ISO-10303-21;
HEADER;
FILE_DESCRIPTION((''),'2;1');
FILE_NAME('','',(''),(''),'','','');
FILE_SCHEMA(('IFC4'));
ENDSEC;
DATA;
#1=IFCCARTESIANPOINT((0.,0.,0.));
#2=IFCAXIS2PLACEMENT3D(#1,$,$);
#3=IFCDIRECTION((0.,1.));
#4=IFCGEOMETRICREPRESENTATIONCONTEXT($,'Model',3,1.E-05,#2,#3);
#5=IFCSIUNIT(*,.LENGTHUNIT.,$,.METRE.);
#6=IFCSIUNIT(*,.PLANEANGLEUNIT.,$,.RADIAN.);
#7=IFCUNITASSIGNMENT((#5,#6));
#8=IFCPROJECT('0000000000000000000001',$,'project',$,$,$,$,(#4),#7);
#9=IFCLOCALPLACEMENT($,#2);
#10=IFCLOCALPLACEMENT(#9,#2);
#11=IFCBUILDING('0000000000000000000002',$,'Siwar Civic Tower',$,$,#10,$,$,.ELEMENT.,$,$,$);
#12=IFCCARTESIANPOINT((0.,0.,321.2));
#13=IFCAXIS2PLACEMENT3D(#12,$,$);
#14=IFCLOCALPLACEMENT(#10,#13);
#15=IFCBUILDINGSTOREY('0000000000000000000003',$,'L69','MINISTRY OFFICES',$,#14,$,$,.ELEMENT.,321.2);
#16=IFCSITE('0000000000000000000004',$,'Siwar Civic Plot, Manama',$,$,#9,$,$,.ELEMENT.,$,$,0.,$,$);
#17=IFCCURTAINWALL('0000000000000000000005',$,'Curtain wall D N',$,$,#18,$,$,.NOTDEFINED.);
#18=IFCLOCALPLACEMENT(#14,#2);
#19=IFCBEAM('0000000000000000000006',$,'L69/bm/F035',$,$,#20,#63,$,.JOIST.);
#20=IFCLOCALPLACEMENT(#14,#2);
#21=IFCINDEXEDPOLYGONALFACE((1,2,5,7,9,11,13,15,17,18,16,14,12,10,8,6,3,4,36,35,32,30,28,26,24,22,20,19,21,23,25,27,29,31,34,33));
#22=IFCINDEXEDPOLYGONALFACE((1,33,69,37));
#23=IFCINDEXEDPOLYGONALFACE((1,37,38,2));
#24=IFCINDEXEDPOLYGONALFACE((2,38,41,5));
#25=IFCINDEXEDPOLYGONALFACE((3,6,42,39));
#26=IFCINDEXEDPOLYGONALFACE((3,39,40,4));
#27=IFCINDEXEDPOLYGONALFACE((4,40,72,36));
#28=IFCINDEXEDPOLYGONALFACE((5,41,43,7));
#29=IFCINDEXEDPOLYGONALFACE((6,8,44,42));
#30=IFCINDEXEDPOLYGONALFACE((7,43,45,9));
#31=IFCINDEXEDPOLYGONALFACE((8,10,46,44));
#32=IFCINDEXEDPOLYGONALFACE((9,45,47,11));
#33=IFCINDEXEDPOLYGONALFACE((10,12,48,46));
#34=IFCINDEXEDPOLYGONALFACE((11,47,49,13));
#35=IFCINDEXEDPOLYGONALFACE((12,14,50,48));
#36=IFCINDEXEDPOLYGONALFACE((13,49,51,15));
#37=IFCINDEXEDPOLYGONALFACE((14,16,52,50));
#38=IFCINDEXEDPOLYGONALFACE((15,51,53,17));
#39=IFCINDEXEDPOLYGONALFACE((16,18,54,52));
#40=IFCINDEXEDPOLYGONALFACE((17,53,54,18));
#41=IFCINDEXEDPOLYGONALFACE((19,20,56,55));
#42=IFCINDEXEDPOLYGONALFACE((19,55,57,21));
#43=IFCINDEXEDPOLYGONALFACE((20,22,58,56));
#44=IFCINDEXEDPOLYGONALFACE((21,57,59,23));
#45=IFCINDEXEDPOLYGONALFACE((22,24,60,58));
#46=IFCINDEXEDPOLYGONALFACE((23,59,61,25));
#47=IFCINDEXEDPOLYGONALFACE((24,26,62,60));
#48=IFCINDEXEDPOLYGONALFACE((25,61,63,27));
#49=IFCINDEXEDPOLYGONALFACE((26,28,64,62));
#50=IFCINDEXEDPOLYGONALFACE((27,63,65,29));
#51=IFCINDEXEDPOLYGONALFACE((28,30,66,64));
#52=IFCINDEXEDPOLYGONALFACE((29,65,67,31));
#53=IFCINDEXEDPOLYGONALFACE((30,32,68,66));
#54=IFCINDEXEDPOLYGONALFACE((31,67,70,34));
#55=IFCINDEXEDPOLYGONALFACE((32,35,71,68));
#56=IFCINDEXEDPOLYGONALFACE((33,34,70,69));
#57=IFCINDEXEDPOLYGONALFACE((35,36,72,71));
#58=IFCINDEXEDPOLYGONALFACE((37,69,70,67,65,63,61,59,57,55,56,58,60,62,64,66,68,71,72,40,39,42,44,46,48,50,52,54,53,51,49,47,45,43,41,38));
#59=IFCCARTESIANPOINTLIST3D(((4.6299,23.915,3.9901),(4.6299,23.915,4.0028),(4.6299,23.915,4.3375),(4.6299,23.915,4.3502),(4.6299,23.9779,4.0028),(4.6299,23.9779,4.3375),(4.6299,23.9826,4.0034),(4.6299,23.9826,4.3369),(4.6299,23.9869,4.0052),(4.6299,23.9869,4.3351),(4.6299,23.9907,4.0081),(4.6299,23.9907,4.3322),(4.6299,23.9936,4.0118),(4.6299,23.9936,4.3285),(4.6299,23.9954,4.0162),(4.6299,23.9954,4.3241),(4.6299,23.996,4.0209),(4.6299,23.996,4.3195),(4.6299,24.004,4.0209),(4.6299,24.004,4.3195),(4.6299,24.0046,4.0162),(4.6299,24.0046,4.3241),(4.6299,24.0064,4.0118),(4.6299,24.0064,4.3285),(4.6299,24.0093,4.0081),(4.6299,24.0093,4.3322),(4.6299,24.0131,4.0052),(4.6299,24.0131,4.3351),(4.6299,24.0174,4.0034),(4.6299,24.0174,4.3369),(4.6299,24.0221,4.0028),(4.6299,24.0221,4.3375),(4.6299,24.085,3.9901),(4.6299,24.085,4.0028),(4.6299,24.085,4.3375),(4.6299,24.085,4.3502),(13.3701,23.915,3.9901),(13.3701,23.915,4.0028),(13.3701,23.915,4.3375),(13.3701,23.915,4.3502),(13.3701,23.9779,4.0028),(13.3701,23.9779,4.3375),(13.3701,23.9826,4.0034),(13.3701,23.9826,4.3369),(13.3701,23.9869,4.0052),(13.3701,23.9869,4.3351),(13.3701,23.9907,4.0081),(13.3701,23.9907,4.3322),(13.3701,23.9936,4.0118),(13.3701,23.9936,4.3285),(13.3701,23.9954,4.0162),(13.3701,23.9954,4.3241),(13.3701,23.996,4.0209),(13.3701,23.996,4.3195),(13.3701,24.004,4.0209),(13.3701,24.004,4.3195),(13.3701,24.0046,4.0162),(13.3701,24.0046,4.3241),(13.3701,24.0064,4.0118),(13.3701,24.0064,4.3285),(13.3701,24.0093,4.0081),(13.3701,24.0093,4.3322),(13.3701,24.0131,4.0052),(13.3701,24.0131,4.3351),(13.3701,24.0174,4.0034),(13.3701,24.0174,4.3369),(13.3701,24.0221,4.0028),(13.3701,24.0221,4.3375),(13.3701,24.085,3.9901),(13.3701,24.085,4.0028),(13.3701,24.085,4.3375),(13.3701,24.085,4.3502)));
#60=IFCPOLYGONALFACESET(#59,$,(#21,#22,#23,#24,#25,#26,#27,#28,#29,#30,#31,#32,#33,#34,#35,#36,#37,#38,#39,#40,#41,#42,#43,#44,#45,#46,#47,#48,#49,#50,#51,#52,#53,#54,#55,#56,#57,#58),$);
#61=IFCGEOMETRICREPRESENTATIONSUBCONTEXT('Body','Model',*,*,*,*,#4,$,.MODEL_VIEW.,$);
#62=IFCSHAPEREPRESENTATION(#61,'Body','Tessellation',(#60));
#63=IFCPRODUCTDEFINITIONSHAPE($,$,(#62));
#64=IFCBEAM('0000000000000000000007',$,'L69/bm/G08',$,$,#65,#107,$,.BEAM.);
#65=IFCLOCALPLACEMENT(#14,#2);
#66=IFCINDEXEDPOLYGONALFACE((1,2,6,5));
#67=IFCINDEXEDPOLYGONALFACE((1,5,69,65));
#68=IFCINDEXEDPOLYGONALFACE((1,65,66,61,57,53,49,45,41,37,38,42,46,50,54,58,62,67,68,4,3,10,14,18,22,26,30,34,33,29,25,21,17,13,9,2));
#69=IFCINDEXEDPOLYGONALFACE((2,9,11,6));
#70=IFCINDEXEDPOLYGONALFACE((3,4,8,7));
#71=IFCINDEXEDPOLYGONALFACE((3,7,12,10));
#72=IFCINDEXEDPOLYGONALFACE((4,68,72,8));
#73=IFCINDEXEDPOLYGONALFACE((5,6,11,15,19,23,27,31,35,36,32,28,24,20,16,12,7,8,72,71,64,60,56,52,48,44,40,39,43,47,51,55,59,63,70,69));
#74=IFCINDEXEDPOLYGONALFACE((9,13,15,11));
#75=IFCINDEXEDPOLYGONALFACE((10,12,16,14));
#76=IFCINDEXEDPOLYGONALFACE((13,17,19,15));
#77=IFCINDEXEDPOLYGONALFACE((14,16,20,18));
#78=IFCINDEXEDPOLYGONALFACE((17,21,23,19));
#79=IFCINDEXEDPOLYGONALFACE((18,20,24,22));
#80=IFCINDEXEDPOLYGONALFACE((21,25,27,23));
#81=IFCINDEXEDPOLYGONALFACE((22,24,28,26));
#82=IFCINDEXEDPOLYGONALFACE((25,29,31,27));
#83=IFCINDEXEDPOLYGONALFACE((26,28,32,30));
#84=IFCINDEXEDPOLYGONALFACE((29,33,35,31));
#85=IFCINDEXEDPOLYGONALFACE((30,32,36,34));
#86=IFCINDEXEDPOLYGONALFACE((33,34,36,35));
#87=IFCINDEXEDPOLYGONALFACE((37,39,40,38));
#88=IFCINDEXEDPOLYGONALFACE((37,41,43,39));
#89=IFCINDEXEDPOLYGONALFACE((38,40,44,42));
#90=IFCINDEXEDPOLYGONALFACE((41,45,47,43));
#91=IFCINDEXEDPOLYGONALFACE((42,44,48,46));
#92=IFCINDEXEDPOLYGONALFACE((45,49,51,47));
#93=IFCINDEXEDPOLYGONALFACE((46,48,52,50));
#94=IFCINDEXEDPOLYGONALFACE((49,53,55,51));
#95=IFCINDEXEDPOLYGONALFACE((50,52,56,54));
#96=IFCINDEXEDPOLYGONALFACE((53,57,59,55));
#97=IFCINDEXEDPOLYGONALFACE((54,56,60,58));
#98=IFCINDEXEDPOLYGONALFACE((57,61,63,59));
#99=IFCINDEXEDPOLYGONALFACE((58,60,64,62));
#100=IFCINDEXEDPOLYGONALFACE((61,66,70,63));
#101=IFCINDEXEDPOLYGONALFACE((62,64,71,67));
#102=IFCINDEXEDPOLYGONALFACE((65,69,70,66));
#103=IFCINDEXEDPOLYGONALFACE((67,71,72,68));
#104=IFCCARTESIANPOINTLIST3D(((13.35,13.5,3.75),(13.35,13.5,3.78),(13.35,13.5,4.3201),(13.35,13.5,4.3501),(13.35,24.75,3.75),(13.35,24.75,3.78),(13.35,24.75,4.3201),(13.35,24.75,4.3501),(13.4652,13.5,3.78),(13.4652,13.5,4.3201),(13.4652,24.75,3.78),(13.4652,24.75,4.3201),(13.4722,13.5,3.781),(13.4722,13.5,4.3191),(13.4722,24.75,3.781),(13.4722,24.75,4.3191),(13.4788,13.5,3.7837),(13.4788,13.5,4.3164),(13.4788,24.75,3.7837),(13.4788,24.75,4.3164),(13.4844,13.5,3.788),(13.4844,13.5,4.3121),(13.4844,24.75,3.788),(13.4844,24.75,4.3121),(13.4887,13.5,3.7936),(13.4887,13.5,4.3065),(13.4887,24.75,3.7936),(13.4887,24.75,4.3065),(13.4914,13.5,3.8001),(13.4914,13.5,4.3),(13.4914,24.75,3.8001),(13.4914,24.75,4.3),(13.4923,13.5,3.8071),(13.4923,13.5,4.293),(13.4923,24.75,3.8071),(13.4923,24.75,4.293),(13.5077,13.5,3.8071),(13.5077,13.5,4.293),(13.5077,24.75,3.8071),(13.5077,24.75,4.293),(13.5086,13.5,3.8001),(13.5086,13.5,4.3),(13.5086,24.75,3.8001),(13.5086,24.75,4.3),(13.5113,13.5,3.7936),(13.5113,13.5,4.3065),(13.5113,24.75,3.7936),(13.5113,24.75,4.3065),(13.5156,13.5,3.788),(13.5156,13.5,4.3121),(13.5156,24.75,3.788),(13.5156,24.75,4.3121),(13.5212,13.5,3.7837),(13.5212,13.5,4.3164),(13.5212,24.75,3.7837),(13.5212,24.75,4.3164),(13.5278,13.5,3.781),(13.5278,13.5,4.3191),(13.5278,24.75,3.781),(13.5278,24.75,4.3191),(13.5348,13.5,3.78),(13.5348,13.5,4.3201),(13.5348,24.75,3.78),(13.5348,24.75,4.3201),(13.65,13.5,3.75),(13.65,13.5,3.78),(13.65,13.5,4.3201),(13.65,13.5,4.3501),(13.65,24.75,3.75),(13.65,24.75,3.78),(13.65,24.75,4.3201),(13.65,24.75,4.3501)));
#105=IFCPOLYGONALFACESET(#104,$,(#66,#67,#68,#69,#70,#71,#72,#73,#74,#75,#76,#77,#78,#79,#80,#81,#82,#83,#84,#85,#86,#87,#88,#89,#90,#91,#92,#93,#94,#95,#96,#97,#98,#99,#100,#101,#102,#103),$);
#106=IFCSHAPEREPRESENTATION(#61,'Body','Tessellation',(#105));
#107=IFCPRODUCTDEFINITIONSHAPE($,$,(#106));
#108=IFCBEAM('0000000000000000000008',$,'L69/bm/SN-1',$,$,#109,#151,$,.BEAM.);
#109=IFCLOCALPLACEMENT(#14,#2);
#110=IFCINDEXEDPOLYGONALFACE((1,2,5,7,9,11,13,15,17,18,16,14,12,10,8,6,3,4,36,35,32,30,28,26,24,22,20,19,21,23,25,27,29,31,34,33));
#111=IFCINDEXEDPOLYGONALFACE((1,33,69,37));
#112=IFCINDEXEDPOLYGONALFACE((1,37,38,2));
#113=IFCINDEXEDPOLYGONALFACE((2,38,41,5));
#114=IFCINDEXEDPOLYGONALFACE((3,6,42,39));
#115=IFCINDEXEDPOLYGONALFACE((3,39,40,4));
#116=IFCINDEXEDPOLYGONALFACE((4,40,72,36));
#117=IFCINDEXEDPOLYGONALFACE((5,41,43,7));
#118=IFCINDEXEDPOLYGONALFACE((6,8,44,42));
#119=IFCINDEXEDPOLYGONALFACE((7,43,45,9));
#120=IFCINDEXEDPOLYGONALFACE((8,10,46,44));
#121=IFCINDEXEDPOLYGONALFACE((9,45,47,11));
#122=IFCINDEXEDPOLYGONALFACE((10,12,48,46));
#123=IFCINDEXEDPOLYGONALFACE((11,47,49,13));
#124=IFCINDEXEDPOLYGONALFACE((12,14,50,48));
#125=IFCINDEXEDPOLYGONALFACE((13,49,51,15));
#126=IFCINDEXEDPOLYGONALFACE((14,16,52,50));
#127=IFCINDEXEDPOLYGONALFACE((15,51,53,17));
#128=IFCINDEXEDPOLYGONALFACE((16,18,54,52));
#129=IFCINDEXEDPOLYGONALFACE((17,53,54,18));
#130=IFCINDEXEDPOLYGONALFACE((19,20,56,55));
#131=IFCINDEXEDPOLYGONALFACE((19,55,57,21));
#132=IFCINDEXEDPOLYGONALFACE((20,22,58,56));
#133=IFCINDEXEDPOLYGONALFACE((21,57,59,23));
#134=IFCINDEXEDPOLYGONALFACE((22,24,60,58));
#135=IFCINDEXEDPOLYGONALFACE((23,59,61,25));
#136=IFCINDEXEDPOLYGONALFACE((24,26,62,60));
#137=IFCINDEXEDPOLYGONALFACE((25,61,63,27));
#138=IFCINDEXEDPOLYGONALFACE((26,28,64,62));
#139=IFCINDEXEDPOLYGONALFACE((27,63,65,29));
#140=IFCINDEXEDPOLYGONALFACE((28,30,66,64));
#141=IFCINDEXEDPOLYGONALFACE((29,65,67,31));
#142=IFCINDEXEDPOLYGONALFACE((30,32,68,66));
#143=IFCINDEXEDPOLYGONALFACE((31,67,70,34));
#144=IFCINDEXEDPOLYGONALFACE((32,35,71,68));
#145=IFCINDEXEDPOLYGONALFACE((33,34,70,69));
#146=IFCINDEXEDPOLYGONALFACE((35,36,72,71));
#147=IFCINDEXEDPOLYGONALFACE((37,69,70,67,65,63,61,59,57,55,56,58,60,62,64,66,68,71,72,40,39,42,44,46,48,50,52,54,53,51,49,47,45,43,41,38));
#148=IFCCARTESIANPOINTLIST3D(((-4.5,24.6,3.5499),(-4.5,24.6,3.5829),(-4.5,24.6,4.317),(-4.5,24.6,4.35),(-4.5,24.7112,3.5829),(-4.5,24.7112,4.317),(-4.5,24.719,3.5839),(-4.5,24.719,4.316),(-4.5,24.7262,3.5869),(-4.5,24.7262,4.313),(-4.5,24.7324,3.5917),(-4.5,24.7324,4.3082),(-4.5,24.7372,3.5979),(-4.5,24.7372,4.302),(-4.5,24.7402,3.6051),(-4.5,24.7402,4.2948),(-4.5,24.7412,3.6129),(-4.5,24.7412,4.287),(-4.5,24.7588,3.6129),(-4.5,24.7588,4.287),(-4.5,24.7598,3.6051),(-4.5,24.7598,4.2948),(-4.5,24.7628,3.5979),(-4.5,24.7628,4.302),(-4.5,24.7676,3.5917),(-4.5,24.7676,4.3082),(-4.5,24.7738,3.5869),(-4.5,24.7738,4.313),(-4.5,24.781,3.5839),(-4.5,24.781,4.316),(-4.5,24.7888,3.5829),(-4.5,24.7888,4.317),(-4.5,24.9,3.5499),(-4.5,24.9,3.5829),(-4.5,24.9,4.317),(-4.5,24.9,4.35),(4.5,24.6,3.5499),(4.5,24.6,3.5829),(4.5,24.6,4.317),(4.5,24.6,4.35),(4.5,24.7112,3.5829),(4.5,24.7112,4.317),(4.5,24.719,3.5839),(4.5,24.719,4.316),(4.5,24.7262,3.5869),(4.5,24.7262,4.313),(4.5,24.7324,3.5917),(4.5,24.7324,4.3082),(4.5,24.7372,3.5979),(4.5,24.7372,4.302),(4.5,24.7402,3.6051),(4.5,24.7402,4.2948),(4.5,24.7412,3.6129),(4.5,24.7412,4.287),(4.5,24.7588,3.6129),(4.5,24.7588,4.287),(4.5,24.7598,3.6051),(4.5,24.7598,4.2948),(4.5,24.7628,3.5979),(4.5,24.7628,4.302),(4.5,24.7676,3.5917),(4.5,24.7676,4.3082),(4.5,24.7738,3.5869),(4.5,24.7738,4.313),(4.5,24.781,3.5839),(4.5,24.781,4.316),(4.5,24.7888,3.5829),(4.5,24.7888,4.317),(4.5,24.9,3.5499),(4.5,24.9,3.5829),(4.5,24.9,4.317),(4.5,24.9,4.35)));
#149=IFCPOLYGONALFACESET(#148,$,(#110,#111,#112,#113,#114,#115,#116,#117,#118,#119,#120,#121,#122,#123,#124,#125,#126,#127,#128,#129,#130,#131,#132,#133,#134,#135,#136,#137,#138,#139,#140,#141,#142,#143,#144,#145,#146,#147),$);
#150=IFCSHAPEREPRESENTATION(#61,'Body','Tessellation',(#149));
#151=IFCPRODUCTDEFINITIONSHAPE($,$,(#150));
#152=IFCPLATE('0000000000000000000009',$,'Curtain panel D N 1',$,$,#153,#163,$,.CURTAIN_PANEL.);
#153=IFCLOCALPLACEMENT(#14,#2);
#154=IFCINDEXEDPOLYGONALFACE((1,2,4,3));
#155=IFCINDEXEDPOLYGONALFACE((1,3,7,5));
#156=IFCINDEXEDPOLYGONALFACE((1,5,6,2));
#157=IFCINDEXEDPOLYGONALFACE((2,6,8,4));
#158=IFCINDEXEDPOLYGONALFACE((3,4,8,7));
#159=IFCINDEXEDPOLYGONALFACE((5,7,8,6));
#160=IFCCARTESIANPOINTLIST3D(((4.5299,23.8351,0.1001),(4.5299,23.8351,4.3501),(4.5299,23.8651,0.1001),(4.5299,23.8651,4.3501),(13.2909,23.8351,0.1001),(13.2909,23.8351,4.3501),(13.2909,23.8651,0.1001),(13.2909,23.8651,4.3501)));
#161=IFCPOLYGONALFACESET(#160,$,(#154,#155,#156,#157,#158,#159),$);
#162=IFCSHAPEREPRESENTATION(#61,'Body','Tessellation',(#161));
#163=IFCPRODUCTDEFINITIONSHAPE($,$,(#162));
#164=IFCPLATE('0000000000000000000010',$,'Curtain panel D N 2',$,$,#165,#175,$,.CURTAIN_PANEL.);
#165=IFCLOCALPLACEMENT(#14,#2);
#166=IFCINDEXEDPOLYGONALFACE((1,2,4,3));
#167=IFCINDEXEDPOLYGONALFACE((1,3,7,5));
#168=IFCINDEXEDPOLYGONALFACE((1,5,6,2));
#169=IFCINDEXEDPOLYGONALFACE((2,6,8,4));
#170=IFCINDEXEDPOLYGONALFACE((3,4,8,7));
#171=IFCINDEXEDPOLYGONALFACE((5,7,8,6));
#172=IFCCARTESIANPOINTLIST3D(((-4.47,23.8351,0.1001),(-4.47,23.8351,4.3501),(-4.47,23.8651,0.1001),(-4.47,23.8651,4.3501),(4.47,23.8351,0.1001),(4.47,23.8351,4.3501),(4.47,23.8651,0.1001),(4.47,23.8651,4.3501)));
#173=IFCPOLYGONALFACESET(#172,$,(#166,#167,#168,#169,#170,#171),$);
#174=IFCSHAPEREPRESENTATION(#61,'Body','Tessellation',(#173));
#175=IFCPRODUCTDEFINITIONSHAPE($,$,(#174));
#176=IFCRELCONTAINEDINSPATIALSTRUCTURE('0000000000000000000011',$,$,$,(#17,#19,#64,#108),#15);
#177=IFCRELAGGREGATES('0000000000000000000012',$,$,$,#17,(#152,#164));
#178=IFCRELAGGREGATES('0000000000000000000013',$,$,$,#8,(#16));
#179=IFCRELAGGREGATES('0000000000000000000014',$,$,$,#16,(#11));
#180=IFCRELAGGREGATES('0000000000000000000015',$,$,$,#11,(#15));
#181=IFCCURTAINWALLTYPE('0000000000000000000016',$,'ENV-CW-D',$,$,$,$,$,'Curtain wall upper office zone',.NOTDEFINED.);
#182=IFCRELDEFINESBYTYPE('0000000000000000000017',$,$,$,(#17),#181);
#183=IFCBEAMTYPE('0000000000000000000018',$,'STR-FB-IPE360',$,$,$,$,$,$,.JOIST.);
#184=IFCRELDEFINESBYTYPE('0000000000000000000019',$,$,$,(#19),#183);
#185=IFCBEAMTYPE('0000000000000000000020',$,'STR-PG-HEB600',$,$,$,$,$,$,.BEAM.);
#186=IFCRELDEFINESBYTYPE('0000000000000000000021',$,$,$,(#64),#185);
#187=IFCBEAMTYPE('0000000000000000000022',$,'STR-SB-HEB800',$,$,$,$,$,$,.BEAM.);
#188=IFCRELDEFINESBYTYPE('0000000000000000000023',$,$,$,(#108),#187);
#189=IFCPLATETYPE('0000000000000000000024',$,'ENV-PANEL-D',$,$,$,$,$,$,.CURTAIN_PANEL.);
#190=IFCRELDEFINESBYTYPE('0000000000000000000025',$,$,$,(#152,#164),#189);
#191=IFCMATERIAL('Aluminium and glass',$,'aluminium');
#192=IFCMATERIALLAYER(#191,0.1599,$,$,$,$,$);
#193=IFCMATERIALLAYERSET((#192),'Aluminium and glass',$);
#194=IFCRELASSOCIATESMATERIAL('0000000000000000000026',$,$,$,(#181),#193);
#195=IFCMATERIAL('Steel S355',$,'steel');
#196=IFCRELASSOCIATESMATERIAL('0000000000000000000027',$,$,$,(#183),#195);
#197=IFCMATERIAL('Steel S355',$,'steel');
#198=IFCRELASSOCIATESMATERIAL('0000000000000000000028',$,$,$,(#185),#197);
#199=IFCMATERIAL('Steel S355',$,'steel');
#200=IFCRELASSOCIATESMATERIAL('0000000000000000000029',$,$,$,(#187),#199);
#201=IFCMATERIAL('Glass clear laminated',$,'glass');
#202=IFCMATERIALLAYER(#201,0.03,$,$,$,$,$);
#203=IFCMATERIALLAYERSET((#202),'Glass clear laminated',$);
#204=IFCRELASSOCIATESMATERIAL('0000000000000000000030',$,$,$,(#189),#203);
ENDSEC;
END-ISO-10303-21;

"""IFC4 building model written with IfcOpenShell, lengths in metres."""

from ifc_helpers import new_model, si_unit, direction, frame, origin, origin_2d, place, context, subcontext, project, spatial, rectangle, i_section, extrude, material, layer, layer_set, material_profile, profile_set, type_object, element, aggregate, save


model = new_model("IFC4")

# Units and contexts
model_context = context("Model", 3, precision=1e-05, world=origin(), true_north=direction((0.0, 1.0)))
body_context = subcontext(model_context, "Body", "Model", "MODEL_VIEW")
ifc_project = project(units=[si_unit("LENGTHUNIT", "METRE"), si_unit("PLANEANGLEUNIT", "RADIAN")], contexts=[model_context])

# Site, building, storey
site_placement = place(None, origin())
site = spatial("IfcSite", under=ifc_project, at=site_placement, Name="Siwar Civic Plot, Manama", CompositionType="ELEMENT", RefElevation=0.0)
building_placement = place(site_placement, origin())
building = spatial("IfcBuilding", under=site, at=building_placement, Name="Siwar Civic Tower", CompositionType="ELEMENT")
storey_placement = place(building_placement, frame((0.0, 0.0, 321.2)))
storey = spatial("IfcBuildingStorey", under=building, at=storey_placement, Name="L69", Description="MINISTRY OFFICES", CompositionType="ELEMENT", Elevation=321.2)

# Curtain wall
ifc_material_1 = material(Name="Aluminium and glass", Category="aluminium")
ifc_layer_1 = layer(ifc_material_1, 0.1599)
ifc_layer_set_1 = layer_set([ifc_layer_1], Name="Aluminium and glass")
curtain_wall_type = type_object("IfcCurtainWallType", Name="ENV-CW-D", ElementType="Curtain wall upper office zone", PredefinedType="NOTDEFINED", material=ifc_layer_set_1)
curtain_wall_placement = place(storey_placement, origin())
curtain_wall = element("IfcCurtainWall", 1, at=curtain_wall_placement, inside=storey, type_object=curtain_wall_type, Name="Curtain wall D N", PredefinedType="NOTDEFINED")

# Beams
ifc_material_2 = material(Name="Steel S355", Category="steel")
ifc_material_profile_1 = material_profile(ifc_material_2, i_section(OverallWidth=0.1699, OverallDepth=0.3601, WebThickness=0.0081, FlangeThickness=0.0127, FilletRadius=0.0181, at=origin_2d()), Name="IPE360")
ifc_profile_set_1 = profile_set([ifc_material_profile_1], Name="Steel S355")
beam_type_1 = type_object("IfcBeamType", Name="STR-FB-IPE360", PredefinedType="JOIST", material=ifc_profile_set_1)
for number, where, z_axis, x_axis, name in (
    (2, (4.6299, 24.0, 4.1702), (1.0, 0.0, 0.0), (0.0, 1.0, 0.0), "L69/bm/F035"),
):
    element("IfcBeam", number, at=place(storey_placement, frame(where, z_axis=z_axis, x_axis=x_axis)), inside=storey, type_object=beam_type_1, Name=name, PredefinedType="JOIST", context=body_context, shape_type="SweptSolid", body=[
        extrude(i_section(OverallWidth=0.1699, OverallDepth=0.3601, WebThickness=0.0081, FlangeThickness=0.0127, FilletRadius=0.0181, at=origin_2d()), origin(), (0.0, 0.0, 1.0), 8.7402),
    ])
ifc_material_3 = material(Name="Steel S355", Category="steel")
ifc_material_profile_2 = material_profile(ifc_material_3, i_section(OverallWidth=0.3, OverallDepth=0.6001, WebThickness=0.0154, FlangeThickness=0.03, FilletRadius=0.0271, at=origin_2d()), Name="HEB600")
ifc_profile_set_2 = profile_set([ifc_material_profile_2], Name="Steel S355")
beam_type_2 = type_object("IfcBeamType", Name="STR-PG-HEB600", PredefinedType="BEAM", material=ifc_profile_set_2)
beam_1_placement = place(storey_placement, frame((13.5, 13.5, 4.05), z_axis=(0.0, 1.0, 0.0), x_axis=(-1.0, 0.0, 0.0)))
element("IfcBeam", 3, at=beam_1_placement, inside=storey, type_object=beam_type_2, Name="L69/bm/G08", PredefinedType="BEAM", context=body_context, shape_type="SweptSolid", body=[
    extrude(i_section(OverallWidth=0.3, OverallDepth=0.6001, WebThickness=0.0154, FlangeThickness=0.03, FilletRadius=0.0271, at=origin_2d()), origin(), (0.0, 0.0, 1.0), 11.25),
])
ifc_material_4 = material(Name="Steel S355", Category="steel")
ifc_material_profile_3 = material_profile(ifc_material_4, i_section(OverallWidth=0.3, OverallDepth=0.8, WebThickness=0.0176, FlangeThickness=0.033, FilletRadius=0.03, at=origin_2d()), Name="HEB800")
ifc_profile_set_3 = profile_set([ifc_material_profile_3], Name="Steel S355")
beam_type_3 = type_object("IfcBeamType", Name="STR-SB-HEB800", PredefinedType="BEAM", material=ifc_profile_set_3)
beam_2_placement = place(storey_placement, frame((4.5, 24.75, 3.95), z_axis=(-1.0, 0.0, 0.0), x_axis=(0.0, -1.0, 0.0)))
element("IfcBeam", 4, at=beam_2_placement, inside=storey, type_object=beam_type_3, Name="L69/bm/SN-1", PredefinedType="BEAM", context=body_context, shape_type="SweptSolid", body=[
    extrude(i_section(OverallWidth=0.3, OverallDepth=0.8, WebThickness=0.0176, FlangeThickness=0.033, FilletRadius=0.03, at=origin_2d()), origin(), (0.0, 0.0, 1.0), 9.0),
])

# Plates
ifc_material_5 = material(Name="Glass clear laminated", Category="glass")
ifc_layer_2 = layer(ifc_material_5, 0.03)
ifc_layer_set_2 = layer_set([ifc_layer_2], Name="Glass clear laminated")
plate_type = type_object("IfcPlateType", Name="ENV-PANEL-D", PredefinedType="CURTAIN_PANEL", material=ifc_layer_set_2)
plate_1_placement = place(storey_placement, frame((8.9104, 23.8501, 0.1001), z_axis=(0.0, 0.0, 1.0), x_axis=(-1.0, 0.0, 0.0)))
plate_1 = element("IfcPlate", 5, at=plate_1_placement, type_object=plate_type, Name="Curtain panel D N 1", PredefinedType="CURTAIN_PANEL", context=body_context, shape_type="SweptSolid", body=[
    extrude(rectangle(XDim=8.761, YDim=0.03, at=origin_2d()), origin(), (0.0, 0.0, 1.0), 4.25),
])
plate_2_placement = place(storey_placement, frame((0.0, 23.8501, 0.1001), z_axis=(0.0, 0.0, 1.0), x_axis=(-1.0, 0.0, 0.0)))
plate_2 = element("IfcPlate", 6, at=plate_2_placement, type_object=plate_type, Name="Curtain panel D N 2", PredefinedType="CURTAIN_PANEL", context=body_context, shape_type="SweptSolid", body=[
    extrude(rectangle(XDim=8.9399, YDim=0.03, at=origin_2d()), origin(), (0.0, 0.0, 1.0), 4.25),
])
aggregate(curtain_wall, [plate_1, plate_2])

save(model, "model.ifc")
